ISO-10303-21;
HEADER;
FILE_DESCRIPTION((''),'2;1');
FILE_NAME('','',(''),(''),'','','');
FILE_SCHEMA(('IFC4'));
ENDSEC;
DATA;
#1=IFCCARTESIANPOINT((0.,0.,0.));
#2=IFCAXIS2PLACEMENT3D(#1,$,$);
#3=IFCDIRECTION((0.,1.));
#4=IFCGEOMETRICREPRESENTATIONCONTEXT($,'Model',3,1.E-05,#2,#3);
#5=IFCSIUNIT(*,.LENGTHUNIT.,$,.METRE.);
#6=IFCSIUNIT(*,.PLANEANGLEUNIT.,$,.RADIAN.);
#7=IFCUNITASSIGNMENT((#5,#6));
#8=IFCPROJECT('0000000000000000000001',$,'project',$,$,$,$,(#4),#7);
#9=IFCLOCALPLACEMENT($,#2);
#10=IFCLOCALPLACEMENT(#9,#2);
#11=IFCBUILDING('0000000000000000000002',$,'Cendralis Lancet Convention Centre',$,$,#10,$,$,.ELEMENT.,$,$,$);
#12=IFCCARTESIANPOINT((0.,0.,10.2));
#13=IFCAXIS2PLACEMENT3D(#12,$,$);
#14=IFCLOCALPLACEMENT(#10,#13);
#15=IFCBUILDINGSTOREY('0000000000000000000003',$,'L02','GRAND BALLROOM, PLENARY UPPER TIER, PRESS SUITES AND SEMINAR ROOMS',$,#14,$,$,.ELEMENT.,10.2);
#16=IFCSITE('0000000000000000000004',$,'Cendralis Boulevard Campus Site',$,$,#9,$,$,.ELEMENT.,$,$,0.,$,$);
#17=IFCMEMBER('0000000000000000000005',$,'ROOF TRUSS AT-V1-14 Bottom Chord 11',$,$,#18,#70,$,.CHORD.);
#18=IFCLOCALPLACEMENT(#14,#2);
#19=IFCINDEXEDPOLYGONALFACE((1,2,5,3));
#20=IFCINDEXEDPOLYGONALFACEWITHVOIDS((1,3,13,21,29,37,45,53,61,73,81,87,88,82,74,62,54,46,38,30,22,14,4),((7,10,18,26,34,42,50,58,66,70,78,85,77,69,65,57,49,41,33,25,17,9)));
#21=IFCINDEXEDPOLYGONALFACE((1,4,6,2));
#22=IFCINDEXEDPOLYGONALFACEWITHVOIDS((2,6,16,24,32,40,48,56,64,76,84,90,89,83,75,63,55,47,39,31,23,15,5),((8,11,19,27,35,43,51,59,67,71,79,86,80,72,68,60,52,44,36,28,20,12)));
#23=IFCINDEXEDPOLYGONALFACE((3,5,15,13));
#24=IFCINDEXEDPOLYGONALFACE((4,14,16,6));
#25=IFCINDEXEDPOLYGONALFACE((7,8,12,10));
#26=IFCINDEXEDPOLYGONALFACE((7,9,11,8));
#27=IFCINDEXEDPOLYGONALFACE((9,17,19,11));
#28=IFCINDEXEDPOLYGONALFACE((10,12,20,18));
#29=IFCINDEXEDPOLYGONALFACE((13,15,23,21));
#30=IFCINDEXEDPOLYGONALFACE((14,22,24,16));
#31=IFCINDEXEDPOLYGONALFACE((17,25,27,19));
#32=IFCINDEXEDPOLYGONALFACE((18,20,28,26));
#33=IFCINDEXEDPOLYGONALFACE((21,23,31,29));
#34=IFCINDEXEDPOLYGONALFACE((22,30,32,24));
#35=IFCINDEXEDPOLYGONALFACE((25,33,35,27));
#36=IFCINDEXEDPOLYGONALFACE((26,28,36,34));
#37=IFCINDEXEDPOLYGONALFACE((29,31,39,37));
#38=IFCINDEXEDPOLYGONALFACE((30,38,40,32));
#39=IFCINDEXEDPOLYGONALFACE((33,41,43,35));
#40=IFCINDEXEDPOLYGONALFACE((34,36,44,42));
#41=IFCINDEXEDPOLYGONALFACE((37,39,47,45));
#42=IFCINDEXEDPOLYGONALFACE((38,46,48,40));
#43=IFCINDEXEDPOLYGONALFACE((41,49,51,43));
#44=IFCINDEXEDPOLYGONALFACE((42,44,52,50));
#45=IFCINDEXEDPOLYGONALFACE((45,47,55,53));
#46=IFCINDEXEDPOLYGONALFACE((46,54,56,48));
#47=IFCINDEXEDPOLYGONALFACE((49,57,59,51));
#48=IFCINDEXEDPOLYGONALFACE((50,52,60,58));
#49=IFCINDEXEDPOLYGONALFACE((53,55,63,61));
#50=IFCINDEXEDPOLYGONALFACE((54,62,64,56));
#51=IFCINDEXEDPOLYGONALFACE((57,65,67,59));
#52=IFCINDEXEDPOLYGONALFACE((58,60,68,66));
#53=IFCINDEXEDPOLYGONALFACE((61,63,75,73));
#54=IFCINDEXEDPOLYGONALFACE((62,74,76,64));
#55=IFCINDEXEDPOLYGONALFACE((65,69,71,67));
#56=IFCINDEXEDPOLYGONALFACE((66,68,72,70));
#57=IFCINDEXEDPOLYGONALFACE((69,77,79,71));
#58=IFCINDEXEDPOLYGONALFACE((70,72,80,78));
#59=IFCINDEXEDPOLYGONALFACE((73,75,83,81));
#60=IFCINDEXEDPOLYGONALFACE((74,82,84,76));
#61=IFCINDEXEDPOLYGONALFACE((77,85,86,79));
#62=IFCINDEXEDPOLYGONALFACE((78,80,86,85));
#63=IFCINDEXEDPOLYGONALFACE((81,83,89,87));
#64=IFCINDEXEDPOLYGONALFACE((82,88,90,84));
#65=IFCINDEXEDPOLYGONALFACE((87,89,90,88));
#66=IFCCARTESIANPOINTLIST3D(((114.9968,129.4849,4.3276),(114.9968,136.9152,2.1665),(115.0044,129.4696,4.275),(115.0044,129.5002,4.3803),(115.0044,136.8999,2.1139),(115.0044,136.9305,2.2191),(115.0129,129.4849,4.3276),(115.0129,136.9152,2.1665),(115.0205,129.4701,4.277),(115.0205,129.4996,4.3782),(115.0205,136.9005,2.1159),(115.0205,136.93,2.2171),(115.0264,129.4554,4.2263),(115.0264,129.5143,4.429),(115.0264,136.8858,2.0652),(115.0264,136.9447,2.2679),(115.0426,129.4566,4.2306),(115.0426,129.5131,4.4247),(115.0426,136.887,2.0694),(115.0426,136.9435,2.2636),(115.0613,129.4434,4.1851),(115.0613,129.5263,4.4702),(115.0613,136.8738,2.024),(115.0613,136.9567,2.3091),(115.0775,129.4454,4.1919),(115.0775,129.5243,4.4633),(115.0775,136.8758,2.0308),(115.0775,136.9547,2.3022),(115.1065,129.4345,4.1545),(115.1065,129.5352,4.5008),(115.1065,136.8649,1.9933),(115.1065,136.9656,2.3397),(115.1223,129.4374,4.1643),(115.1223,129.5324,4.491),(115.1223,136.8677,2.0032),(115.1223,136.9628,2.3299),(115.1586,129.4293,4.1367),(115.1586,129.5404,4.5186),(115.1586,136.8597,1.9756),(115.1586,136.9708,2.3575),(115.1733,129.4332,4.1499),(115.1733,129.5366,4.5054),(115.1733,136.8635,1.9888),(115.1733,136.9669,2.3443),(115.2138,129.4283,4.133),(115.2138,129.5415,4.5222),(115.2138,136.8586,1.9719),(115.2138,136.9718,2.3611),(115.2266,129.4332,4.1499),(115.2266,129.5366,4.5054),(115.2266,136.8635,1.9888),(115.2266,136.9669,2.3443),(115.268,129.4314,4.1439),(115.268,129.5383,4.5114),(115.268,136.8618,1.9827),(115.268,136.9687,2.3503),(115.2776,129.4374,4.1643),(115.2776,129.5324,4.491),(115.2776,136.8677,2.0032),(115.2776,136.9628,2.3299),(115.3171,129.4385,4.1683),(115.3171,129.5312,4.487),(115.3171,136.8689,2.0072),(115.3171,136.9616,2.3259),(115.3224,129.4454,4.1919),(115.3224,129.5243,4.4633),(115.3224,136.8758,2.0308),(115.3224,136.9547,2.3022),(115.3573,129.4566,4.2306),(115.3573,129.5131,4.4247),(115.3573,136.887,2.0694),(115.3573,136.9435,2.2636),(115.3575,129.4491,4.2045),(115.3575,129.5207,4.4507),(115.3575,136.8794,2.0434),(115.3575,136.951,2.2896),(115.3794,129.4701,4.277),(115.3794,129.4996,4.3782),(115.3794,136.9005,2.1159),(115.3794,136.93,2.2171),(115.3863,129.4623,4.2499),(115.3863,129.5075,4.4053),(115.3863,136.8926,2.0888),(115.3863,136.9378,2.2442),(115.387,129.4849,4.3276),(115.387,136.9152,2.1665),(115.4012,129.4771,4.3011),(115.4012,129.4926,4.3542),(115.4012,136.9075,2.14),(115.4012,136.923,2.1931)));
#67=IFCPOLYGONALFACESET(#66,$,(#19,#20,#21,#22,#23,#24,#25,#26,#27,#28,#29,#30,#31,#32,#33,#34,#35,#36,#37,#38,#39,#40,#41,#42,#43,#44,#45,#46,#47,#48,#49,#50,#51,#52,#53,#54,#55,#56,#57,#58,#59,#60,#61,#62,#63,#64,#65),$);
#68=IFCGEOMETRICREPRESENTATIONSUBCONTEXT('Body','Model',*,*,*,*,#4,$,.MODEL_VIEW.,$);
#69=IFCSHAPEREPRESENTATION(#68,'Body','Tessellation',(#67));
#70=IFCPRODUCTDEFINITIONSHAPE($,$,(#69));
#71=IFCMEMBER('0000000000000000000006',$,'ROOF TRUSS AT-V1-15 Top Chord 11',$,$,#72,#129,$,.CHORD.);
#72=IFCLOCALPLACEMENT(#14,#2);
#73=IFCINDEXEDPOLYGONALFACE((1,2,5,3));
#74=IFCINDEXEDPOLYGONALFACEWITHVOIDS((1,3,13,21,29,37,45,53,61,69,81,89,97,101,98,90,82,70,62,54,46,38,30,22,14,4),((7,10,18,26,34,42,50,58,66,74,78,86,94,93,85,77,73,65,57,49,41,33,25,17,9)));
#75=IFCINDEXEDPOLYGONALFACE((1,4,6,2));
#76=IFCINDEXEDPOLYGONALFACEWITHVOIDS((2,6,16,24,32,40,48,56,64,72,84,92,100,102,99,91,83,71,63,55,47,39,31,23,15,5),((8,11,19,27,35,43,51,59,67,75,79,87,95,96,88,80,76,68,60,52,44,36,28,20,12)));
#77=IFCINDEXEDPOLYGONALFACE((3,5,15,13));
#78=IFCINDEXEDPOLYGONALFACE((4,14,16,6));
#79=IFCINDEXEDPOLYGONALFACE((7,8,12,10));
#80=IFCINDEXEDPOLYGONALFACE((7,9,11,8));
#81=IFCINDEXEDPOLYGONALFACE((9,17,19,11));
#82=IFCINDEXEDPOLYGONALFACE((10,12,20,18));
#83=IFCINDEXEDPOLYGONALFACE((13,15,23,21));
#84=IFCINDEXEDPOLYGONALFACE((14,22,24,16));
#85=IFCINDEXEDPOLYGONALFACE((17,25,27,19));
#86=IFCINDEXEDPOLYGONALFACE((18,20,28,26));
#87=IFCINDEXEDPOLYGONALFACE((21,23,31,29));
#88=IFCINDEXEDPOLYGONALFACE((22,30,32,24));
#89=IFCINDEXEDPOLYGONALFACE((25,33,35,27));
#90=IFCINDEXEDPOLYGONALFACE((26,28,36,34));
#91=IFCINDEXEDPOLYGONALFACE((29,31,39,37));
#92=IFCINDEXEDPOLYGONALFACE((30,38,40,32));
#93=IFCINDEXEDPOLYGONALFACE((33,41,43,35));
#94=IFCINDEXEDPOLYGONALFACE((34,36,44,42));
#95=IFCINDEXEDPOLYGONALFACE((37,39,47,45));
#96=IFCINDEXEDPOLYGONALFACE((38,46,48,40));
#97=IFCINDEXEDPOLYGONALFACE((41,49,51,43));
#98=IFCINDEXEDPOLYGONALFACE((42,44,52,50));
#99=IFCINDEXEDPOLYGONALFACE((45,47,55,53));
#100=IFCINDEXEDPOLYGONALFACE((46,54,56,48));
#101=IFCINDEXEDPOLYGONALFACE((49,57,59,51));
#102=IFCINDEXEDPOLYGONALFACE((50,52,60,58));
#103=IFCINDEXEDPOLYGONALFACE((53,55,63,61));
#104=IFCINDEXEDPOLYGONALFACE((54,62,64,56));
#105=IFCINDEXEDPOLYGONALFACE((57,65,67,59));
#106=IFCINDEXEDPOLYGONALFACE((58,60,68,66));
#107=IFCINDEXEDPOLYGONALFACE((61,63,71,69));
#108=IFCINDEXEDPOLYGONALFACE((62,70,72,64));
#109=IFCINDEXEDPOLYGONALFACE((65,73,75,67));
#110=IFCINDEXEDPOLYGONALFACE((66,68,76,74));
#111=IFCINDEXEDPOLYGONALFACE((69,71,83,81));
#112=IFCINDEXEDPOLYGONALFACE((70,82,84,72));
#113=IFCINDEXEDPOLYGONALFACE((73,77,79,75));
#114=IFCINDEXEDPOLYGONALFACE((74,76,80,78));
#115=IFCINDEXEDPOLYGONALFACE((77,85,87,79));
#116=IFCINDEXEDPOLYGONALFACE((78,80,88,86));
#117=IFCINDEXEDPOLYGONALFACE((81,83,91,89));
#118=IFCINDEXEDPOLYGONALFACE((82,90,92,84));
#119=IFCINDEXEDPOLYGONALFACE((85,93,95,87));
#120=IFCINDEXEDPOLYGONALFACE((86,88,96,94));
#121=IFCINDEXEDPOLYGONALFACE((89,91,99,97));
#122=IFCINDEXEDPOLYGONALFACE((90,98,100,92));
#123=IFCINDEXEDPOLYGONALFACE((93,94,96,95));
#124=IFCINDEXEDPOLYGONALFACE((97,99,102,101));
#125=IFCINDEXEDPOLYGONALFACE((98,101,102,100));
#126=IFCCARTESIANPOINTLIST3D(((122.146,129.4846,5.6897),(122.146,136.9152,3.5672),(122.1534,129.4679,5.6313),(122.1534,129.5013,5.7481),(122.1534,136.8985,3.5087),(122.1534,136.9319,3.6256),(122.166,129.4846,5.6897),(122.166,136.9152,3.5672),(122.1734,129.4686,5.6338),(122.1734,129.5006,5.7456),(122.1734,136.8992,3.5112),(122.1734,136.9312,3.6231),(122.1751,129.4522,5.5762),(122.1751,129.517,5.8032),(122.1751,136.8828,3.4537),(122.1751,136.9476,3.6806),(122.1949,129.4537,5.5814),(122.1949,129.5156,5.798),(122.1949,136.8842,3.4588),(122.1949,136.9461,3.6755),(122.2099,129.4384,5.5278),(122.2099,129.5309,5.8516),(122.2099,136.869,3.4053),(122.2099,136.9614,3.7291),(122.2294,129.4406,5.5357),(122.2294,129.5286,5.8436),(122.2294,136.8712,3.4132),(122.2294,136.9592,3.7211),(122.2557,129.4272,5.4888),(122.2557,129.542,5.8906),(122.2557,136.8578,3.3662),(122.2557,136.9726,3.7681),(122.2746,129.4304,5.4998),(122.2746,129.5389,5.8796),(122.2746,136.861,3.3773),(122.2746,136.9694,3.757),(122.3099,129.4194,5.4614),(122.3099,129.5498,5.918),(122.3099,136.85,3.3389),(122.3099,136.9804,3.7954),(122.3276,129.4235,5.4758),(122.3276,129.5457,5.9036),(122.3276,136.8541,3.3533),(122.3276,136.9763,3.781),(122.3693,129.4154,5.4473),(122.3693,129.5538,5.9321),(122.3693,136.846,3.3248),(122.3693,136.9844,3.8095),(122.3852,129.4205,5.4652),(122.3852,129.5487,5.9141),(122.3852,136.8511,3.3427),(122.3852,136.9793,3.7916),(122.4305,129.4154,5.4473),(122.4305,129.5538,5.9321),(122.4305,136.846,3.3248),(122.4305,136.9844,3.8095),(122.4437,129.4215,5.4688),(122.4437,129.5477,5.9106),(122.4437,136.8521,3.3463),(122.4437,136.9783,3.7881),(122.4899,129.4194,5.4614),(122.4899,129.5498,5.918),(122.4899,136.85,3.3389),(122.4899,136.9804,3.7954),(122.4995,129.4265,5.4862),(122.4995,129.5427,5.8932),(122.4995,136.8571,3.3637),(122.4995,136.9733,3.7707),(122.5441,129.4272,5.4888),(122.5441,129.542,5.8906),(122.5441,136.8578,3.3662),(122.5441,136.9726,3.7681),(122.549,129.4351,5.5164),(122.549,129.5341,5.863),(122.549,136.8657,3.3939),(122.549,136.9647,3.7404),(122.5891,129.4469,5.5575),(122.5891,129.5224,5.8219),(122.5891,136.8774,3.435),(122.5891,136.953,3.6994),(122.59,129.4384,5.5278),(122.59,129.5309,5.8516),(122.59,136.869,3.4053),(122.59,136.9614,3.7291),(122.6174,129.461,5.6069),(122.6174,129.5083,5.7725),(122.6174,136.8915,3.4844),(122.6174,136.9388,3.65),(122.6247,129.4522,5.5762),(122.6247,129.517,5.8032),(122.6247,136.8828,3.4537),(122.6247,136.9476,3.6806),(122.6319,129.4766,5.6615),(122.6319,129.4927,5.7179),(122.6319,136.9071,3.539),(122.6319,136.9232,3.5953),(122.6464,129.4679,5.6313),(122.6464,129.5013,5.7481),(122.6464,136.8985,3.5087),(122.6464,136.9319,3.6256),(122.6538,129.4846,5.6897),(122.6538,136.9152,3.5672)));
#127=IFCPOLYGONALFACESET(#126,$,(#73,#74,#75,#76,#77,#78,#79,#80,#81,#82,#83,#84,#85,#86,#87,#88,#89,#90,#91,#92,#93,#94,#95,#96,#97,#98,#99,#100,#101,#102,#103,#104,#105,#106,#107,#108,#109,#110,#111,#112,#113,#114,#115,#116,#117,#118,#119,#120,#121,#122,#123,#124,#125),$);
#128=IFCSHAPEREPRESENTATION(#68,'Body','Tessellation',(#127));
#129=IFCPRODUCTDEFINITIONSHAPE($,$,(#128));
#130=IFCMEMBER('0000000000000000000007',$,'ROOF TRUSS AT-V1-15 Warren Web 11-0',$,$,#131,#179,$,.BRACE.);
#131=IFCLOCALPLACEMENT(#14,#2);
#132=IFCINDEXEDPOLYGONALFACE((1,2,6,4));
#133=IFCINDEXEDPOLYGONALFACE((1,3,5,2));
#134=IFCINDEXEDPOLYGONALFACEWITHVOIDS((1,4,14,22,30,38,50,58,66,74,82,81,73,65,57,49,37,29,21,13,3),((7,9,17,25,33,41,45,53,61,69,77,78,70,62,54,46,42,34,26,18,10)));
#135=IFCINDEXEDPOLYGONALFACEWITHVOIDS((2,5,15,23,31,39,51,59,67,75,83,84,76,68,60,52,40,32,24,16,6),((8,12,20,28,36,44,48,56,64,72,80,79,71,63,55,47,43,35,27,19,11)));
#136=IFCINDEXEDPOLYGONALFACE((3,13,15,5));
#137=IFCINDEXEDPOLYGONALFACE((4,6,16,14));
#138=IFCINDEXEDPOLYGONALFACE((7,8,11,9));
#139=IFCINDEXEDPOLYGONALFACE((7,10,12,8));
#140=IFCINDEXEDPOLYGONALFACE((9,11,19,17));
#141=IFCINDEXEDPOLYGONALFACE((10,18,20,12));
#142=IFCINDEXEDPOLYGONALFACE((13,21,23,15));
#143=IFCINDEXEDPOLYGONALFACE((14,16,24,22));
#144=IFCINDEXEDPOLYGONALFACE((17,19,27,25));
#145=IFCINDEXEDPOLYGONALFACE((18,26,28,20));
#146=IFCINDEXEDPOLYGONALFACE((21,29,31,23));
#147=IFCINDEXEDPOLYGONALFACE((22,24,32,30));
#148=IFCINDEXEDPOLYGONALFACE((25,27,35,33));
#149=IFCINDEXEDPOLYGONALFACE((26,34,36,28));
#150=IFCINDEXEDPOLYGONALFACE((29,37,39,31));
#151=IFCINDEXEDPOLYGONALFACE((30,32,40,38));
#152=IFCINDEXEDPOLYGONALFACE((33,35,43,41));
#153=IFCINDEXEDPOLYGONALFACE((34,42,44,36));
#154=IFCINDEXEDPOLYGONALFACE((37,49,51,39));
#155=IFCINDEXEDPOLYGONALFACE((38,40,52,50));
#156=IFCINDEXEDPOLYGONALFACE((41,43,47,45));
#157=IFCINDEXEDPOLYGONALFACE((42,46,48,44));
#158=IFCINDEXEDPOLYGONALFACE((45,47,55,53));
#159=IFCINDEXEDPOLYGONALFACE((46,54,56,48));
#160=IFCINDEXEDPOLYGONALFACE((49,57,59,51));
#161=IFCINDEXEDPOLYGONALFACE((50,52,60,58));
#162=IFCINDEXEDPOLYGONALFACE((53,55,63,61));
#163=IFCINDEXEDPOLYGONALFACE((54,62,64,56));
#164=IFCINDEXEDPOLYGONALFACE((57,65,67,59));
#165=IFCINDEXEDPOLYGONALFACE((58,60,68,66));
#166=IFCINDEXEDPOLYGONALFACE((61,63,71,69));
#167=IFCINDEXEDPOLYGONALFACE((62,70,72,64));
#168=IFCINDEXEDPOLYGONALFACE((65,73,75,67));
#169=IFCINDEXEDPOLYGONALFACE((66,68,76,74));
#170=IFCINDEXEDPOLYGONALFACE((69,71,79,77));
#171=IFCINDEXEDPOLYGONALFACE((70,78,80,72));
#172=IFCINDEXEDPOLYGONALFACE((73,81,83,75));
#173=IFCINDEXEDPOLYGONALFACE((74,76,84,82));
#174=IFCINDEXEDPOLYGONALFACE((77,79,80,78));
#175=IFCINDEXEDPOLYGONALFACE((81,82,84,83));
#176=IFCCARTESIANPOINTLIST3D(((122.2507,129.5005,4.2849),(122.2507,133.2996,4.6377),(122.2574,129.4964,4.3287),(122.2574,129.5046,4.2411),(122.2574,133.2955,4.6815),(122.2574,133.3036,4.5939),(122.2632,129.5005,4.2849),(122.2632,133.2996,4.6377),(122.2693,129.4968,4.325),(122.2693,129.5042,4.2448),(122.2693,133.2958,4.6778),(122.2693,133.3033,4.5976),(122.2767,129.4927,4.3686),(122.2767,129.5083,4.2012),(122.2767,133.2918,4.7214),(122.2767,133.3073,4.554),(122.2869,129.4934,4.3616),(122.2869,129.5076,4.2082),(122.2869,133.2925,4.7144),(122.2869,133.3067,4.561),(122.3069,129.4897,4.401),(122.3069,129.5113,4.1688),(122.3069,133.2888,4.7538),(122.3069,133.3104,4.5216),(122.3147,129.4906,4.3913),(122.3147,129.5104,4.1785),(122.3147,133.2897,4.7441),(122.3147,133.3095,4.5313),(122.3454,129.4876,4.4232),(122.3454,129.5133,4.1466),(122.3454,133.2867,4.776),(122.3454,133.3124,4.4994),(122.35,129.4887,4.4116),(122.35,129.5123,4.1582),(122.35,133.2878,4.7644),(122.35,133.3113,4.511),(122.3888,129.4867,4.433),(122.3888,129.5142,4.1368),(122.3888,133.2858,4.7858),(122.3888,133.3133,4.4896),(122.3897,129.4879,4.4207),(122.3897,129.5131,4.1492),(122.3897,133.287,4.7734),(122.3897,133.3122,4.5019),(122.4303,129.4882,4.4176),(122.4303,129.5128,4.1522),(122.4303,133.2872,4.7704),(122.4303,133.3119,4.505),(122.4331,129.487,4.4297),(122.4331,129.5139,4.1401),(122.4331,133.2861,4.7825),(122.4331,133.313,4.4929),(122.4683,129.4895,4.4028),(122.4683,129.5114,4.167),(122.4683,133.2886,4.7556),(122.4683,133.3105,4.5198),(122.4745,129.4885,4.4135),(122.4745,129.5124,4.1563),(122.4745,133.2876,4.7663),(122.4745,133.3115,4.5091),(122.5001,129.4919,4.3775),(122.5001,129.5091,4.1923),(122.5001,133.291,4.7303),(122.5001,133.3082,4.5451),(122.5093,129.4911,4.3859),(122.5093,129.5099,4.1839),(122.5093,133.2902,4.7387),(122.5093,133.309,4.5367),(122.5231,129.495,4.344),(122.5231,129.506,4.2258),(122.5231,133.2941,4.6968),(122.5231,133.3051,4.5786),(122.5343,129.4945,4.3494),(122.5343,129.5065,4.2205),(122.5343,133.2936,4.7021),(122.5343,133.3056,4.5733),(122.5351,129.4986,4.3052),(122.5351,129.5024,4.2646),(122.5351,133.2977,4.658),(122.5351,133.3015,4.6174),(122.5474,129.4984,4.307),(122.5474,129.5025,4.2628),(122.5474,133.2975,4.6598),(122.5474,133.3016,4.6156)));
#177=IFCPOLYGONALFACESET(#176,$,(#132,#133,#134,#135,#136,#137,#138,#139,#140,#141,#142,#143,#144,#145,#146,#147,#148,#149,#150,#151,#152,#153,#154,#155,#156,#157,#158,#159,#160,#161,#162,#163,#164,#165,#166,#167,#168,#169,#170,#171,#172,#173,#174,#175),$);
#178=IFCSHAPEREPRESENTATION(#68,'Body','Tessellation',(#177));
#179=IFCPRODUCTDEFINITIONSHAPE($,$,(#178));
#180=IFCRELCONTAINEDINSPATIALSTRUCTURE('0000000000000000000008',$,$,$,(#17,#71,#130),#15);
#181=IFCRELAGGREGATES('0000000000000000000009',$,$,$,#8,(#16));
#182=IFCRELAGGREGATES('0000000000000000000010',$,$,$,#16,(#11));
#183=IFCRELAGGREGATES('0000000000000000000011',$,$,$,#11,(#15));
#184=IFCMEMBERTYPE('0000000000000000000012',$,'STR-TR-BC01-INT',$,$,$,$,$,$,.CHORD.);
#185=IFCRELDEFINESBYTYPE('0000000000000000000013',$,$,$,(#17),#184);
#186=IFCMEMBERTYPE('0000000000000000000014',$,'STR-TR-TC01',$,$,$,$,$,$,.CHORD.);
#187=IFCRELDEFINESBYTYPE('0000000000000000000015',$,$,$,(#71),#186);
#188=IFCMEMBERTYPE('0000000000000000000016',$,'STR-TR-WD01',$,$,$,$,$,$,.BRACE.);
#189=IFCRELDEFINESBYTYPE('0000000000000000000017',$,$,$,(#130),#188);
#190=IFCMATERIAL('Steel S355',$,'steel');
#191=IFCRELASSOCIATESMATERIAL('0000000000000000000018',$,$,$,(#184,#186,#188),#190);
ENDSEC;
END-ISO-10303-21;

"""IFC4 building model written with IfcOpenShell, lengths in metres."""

from ifc_helpers import new_model, si_unit, direction, frame, origin, origin_2d, place, context, subcontext, project, spatial, hollow_circle, extrude, material, material_profile, profile_set, type_object, element, save


model = new_model("IFC4")

# Units and contexts
model_context = context("Model", 3, precision=1e-05, world=origin(), true_north=direction((0.0, 1.0)))
body_context = subcontext(model_context, "Body", "Model", "MODEL_VIEW")
ifc_project = project(units=[si_unit("LENGTHUNIT", "METRE"), si_unit("PLANEANGLEUNIT", "RADIAN")], contexts=[model_context])

# Site, building, storey
site_placement = place(None, origin())
site = spatial("IfcSite", under=ifc_project, at=site_placement, Name="Cendralis Boulevard Campus Site", CompositionType="ELEMENT", RefElevation=0.0)
building_placement = place(site_placement, origin())
building = spatial("IfcBuilding", under=site, at=building_placement, Name="Cendralis Lancet Convention Centre", CompositionType="ELEMENT")
storey_placement = place(building_placement, frame((0.0, 0.0, 10.2)))
storey = spatial("IfcBuildingStorey", under=building, at=storey_placement, Name="L02", Description="GRAND BALLROOM, PLENARY UPPER TIER, PRESS SUITES AND SEMINAR ROOMS", CompositionType="ELEMENT", Elevation=10.2)

# Members
ifc_material_1 = material(Name="Steel S355", Category="steel")
ifc_material_profile_1 = material_profile(ifc_material_1, hollow_circle(Radius=0.2031, WallThickness=0.0161, at=origin_2d()), Name="CHS 406.4x16.0")
ifc_profile_set_1 = profile_set([ifc_material_profile_1], Name="Steel S355")
member_type_1 = type_object("IfcMemberType", Name="STR-TR-BC01-INT", PredefinedType="CHORD", material=ifc_profile_set_1)
for number, where, z_axis, x_axis, name in (
    (1, (115.2, 129.4849, 4.3276), (0.0, 0.960211, -0.279277), (-1.0, 0.0, 0.0), "ROOF TRUSS AT-V1-14 Bottom Chord 11"),
):
    element("IfcMember", number, at=place(storey_placement, frame(where, z_axis=z_axis, x_axis=x_axis)), inside=storey, type_object=member_type_1, Name=name, PredefinedType="CHORD", context=body_context, shape_type="SweptSolid", body=[
        extrude(hollow_circle(Radius=0.2031, WallThickness=0.0161, at=origin_2d()), origin(), (0.0, 0.0, 1.0), 7.7383),
    ])
ifc_material_profile_2 = material_profile(ifc_material_1, hollow_circle(Radius=0.2539, WallThickness=0.02, at=origin_2d()), Name="CHS 508.0x20.0")
ifc_profile_set_2 = profile_set([ifc_material_profile_2], Name="Steel S355")
member_type_2 = type_object("IfcMemberType", Name="STR-TR-TC01", PredefinedType="CHORD", material=ifc_profile_set_2)
member_1_placement = place(storey_placement, frame((122.3999, 129.4846, 5.6897), z_axis=(0.0, 0.961541, -0.274663), x_axis=(-1.0, 0.0, 0.0)))
element("IfcMember", 2, at=member_1_placement, inside=storey, type_object=member_type_2, Name="ROOF TRUSS AT-V1-15 Top Chord 11", PredefinedType="CHORD", context=body_context, shape_type="SweptSolid", body=[
    extrude(hollow_circle(Radius=0.2539, WallThickness=0.02, at=origin_2d()), origin(), (0.0, 0.0, 1.0), 7.7278),
])
ifc_material_profile_3 = material_profile(ifc_material_1, hollow_circle(Radius=0.1492, WallThickness=0.0125, at=origin_2d()), Name="CHS 298.5x12.5")
ifc_profile_set_3 = profile_set([ifc_material_profile_3], Name="Steel S355")
member_type_3 = type_object("IfcMemberType", Name="STR-TR-WD01", PredefinedType="BRACE", material=ifc_profile_set_3)
member_2_placement = place(storey_placement, frame((122.3999, 129.5005, 4.2849), z_axis=(0.0, 0.995716, 0.092463), x_axis=(-1.0, 0.0, 0.0)))
element("IfcMember", 3, at=member_2_placement, inside=storey, type_object=member_type_3, Name="ROOF TRUSS AT-V1-15 Warren Web 11-0", PredefinedType="BRACE", context=body_context, shape_type="SweptSolid", body=[
    extrude(hollow_circle(Radius=0.1492, WallThickness=0.0125, at=origin_2d()), origin(), (0.0, 0.0, 1.0), 3.8154),
])

save(model, "model.ifc")
